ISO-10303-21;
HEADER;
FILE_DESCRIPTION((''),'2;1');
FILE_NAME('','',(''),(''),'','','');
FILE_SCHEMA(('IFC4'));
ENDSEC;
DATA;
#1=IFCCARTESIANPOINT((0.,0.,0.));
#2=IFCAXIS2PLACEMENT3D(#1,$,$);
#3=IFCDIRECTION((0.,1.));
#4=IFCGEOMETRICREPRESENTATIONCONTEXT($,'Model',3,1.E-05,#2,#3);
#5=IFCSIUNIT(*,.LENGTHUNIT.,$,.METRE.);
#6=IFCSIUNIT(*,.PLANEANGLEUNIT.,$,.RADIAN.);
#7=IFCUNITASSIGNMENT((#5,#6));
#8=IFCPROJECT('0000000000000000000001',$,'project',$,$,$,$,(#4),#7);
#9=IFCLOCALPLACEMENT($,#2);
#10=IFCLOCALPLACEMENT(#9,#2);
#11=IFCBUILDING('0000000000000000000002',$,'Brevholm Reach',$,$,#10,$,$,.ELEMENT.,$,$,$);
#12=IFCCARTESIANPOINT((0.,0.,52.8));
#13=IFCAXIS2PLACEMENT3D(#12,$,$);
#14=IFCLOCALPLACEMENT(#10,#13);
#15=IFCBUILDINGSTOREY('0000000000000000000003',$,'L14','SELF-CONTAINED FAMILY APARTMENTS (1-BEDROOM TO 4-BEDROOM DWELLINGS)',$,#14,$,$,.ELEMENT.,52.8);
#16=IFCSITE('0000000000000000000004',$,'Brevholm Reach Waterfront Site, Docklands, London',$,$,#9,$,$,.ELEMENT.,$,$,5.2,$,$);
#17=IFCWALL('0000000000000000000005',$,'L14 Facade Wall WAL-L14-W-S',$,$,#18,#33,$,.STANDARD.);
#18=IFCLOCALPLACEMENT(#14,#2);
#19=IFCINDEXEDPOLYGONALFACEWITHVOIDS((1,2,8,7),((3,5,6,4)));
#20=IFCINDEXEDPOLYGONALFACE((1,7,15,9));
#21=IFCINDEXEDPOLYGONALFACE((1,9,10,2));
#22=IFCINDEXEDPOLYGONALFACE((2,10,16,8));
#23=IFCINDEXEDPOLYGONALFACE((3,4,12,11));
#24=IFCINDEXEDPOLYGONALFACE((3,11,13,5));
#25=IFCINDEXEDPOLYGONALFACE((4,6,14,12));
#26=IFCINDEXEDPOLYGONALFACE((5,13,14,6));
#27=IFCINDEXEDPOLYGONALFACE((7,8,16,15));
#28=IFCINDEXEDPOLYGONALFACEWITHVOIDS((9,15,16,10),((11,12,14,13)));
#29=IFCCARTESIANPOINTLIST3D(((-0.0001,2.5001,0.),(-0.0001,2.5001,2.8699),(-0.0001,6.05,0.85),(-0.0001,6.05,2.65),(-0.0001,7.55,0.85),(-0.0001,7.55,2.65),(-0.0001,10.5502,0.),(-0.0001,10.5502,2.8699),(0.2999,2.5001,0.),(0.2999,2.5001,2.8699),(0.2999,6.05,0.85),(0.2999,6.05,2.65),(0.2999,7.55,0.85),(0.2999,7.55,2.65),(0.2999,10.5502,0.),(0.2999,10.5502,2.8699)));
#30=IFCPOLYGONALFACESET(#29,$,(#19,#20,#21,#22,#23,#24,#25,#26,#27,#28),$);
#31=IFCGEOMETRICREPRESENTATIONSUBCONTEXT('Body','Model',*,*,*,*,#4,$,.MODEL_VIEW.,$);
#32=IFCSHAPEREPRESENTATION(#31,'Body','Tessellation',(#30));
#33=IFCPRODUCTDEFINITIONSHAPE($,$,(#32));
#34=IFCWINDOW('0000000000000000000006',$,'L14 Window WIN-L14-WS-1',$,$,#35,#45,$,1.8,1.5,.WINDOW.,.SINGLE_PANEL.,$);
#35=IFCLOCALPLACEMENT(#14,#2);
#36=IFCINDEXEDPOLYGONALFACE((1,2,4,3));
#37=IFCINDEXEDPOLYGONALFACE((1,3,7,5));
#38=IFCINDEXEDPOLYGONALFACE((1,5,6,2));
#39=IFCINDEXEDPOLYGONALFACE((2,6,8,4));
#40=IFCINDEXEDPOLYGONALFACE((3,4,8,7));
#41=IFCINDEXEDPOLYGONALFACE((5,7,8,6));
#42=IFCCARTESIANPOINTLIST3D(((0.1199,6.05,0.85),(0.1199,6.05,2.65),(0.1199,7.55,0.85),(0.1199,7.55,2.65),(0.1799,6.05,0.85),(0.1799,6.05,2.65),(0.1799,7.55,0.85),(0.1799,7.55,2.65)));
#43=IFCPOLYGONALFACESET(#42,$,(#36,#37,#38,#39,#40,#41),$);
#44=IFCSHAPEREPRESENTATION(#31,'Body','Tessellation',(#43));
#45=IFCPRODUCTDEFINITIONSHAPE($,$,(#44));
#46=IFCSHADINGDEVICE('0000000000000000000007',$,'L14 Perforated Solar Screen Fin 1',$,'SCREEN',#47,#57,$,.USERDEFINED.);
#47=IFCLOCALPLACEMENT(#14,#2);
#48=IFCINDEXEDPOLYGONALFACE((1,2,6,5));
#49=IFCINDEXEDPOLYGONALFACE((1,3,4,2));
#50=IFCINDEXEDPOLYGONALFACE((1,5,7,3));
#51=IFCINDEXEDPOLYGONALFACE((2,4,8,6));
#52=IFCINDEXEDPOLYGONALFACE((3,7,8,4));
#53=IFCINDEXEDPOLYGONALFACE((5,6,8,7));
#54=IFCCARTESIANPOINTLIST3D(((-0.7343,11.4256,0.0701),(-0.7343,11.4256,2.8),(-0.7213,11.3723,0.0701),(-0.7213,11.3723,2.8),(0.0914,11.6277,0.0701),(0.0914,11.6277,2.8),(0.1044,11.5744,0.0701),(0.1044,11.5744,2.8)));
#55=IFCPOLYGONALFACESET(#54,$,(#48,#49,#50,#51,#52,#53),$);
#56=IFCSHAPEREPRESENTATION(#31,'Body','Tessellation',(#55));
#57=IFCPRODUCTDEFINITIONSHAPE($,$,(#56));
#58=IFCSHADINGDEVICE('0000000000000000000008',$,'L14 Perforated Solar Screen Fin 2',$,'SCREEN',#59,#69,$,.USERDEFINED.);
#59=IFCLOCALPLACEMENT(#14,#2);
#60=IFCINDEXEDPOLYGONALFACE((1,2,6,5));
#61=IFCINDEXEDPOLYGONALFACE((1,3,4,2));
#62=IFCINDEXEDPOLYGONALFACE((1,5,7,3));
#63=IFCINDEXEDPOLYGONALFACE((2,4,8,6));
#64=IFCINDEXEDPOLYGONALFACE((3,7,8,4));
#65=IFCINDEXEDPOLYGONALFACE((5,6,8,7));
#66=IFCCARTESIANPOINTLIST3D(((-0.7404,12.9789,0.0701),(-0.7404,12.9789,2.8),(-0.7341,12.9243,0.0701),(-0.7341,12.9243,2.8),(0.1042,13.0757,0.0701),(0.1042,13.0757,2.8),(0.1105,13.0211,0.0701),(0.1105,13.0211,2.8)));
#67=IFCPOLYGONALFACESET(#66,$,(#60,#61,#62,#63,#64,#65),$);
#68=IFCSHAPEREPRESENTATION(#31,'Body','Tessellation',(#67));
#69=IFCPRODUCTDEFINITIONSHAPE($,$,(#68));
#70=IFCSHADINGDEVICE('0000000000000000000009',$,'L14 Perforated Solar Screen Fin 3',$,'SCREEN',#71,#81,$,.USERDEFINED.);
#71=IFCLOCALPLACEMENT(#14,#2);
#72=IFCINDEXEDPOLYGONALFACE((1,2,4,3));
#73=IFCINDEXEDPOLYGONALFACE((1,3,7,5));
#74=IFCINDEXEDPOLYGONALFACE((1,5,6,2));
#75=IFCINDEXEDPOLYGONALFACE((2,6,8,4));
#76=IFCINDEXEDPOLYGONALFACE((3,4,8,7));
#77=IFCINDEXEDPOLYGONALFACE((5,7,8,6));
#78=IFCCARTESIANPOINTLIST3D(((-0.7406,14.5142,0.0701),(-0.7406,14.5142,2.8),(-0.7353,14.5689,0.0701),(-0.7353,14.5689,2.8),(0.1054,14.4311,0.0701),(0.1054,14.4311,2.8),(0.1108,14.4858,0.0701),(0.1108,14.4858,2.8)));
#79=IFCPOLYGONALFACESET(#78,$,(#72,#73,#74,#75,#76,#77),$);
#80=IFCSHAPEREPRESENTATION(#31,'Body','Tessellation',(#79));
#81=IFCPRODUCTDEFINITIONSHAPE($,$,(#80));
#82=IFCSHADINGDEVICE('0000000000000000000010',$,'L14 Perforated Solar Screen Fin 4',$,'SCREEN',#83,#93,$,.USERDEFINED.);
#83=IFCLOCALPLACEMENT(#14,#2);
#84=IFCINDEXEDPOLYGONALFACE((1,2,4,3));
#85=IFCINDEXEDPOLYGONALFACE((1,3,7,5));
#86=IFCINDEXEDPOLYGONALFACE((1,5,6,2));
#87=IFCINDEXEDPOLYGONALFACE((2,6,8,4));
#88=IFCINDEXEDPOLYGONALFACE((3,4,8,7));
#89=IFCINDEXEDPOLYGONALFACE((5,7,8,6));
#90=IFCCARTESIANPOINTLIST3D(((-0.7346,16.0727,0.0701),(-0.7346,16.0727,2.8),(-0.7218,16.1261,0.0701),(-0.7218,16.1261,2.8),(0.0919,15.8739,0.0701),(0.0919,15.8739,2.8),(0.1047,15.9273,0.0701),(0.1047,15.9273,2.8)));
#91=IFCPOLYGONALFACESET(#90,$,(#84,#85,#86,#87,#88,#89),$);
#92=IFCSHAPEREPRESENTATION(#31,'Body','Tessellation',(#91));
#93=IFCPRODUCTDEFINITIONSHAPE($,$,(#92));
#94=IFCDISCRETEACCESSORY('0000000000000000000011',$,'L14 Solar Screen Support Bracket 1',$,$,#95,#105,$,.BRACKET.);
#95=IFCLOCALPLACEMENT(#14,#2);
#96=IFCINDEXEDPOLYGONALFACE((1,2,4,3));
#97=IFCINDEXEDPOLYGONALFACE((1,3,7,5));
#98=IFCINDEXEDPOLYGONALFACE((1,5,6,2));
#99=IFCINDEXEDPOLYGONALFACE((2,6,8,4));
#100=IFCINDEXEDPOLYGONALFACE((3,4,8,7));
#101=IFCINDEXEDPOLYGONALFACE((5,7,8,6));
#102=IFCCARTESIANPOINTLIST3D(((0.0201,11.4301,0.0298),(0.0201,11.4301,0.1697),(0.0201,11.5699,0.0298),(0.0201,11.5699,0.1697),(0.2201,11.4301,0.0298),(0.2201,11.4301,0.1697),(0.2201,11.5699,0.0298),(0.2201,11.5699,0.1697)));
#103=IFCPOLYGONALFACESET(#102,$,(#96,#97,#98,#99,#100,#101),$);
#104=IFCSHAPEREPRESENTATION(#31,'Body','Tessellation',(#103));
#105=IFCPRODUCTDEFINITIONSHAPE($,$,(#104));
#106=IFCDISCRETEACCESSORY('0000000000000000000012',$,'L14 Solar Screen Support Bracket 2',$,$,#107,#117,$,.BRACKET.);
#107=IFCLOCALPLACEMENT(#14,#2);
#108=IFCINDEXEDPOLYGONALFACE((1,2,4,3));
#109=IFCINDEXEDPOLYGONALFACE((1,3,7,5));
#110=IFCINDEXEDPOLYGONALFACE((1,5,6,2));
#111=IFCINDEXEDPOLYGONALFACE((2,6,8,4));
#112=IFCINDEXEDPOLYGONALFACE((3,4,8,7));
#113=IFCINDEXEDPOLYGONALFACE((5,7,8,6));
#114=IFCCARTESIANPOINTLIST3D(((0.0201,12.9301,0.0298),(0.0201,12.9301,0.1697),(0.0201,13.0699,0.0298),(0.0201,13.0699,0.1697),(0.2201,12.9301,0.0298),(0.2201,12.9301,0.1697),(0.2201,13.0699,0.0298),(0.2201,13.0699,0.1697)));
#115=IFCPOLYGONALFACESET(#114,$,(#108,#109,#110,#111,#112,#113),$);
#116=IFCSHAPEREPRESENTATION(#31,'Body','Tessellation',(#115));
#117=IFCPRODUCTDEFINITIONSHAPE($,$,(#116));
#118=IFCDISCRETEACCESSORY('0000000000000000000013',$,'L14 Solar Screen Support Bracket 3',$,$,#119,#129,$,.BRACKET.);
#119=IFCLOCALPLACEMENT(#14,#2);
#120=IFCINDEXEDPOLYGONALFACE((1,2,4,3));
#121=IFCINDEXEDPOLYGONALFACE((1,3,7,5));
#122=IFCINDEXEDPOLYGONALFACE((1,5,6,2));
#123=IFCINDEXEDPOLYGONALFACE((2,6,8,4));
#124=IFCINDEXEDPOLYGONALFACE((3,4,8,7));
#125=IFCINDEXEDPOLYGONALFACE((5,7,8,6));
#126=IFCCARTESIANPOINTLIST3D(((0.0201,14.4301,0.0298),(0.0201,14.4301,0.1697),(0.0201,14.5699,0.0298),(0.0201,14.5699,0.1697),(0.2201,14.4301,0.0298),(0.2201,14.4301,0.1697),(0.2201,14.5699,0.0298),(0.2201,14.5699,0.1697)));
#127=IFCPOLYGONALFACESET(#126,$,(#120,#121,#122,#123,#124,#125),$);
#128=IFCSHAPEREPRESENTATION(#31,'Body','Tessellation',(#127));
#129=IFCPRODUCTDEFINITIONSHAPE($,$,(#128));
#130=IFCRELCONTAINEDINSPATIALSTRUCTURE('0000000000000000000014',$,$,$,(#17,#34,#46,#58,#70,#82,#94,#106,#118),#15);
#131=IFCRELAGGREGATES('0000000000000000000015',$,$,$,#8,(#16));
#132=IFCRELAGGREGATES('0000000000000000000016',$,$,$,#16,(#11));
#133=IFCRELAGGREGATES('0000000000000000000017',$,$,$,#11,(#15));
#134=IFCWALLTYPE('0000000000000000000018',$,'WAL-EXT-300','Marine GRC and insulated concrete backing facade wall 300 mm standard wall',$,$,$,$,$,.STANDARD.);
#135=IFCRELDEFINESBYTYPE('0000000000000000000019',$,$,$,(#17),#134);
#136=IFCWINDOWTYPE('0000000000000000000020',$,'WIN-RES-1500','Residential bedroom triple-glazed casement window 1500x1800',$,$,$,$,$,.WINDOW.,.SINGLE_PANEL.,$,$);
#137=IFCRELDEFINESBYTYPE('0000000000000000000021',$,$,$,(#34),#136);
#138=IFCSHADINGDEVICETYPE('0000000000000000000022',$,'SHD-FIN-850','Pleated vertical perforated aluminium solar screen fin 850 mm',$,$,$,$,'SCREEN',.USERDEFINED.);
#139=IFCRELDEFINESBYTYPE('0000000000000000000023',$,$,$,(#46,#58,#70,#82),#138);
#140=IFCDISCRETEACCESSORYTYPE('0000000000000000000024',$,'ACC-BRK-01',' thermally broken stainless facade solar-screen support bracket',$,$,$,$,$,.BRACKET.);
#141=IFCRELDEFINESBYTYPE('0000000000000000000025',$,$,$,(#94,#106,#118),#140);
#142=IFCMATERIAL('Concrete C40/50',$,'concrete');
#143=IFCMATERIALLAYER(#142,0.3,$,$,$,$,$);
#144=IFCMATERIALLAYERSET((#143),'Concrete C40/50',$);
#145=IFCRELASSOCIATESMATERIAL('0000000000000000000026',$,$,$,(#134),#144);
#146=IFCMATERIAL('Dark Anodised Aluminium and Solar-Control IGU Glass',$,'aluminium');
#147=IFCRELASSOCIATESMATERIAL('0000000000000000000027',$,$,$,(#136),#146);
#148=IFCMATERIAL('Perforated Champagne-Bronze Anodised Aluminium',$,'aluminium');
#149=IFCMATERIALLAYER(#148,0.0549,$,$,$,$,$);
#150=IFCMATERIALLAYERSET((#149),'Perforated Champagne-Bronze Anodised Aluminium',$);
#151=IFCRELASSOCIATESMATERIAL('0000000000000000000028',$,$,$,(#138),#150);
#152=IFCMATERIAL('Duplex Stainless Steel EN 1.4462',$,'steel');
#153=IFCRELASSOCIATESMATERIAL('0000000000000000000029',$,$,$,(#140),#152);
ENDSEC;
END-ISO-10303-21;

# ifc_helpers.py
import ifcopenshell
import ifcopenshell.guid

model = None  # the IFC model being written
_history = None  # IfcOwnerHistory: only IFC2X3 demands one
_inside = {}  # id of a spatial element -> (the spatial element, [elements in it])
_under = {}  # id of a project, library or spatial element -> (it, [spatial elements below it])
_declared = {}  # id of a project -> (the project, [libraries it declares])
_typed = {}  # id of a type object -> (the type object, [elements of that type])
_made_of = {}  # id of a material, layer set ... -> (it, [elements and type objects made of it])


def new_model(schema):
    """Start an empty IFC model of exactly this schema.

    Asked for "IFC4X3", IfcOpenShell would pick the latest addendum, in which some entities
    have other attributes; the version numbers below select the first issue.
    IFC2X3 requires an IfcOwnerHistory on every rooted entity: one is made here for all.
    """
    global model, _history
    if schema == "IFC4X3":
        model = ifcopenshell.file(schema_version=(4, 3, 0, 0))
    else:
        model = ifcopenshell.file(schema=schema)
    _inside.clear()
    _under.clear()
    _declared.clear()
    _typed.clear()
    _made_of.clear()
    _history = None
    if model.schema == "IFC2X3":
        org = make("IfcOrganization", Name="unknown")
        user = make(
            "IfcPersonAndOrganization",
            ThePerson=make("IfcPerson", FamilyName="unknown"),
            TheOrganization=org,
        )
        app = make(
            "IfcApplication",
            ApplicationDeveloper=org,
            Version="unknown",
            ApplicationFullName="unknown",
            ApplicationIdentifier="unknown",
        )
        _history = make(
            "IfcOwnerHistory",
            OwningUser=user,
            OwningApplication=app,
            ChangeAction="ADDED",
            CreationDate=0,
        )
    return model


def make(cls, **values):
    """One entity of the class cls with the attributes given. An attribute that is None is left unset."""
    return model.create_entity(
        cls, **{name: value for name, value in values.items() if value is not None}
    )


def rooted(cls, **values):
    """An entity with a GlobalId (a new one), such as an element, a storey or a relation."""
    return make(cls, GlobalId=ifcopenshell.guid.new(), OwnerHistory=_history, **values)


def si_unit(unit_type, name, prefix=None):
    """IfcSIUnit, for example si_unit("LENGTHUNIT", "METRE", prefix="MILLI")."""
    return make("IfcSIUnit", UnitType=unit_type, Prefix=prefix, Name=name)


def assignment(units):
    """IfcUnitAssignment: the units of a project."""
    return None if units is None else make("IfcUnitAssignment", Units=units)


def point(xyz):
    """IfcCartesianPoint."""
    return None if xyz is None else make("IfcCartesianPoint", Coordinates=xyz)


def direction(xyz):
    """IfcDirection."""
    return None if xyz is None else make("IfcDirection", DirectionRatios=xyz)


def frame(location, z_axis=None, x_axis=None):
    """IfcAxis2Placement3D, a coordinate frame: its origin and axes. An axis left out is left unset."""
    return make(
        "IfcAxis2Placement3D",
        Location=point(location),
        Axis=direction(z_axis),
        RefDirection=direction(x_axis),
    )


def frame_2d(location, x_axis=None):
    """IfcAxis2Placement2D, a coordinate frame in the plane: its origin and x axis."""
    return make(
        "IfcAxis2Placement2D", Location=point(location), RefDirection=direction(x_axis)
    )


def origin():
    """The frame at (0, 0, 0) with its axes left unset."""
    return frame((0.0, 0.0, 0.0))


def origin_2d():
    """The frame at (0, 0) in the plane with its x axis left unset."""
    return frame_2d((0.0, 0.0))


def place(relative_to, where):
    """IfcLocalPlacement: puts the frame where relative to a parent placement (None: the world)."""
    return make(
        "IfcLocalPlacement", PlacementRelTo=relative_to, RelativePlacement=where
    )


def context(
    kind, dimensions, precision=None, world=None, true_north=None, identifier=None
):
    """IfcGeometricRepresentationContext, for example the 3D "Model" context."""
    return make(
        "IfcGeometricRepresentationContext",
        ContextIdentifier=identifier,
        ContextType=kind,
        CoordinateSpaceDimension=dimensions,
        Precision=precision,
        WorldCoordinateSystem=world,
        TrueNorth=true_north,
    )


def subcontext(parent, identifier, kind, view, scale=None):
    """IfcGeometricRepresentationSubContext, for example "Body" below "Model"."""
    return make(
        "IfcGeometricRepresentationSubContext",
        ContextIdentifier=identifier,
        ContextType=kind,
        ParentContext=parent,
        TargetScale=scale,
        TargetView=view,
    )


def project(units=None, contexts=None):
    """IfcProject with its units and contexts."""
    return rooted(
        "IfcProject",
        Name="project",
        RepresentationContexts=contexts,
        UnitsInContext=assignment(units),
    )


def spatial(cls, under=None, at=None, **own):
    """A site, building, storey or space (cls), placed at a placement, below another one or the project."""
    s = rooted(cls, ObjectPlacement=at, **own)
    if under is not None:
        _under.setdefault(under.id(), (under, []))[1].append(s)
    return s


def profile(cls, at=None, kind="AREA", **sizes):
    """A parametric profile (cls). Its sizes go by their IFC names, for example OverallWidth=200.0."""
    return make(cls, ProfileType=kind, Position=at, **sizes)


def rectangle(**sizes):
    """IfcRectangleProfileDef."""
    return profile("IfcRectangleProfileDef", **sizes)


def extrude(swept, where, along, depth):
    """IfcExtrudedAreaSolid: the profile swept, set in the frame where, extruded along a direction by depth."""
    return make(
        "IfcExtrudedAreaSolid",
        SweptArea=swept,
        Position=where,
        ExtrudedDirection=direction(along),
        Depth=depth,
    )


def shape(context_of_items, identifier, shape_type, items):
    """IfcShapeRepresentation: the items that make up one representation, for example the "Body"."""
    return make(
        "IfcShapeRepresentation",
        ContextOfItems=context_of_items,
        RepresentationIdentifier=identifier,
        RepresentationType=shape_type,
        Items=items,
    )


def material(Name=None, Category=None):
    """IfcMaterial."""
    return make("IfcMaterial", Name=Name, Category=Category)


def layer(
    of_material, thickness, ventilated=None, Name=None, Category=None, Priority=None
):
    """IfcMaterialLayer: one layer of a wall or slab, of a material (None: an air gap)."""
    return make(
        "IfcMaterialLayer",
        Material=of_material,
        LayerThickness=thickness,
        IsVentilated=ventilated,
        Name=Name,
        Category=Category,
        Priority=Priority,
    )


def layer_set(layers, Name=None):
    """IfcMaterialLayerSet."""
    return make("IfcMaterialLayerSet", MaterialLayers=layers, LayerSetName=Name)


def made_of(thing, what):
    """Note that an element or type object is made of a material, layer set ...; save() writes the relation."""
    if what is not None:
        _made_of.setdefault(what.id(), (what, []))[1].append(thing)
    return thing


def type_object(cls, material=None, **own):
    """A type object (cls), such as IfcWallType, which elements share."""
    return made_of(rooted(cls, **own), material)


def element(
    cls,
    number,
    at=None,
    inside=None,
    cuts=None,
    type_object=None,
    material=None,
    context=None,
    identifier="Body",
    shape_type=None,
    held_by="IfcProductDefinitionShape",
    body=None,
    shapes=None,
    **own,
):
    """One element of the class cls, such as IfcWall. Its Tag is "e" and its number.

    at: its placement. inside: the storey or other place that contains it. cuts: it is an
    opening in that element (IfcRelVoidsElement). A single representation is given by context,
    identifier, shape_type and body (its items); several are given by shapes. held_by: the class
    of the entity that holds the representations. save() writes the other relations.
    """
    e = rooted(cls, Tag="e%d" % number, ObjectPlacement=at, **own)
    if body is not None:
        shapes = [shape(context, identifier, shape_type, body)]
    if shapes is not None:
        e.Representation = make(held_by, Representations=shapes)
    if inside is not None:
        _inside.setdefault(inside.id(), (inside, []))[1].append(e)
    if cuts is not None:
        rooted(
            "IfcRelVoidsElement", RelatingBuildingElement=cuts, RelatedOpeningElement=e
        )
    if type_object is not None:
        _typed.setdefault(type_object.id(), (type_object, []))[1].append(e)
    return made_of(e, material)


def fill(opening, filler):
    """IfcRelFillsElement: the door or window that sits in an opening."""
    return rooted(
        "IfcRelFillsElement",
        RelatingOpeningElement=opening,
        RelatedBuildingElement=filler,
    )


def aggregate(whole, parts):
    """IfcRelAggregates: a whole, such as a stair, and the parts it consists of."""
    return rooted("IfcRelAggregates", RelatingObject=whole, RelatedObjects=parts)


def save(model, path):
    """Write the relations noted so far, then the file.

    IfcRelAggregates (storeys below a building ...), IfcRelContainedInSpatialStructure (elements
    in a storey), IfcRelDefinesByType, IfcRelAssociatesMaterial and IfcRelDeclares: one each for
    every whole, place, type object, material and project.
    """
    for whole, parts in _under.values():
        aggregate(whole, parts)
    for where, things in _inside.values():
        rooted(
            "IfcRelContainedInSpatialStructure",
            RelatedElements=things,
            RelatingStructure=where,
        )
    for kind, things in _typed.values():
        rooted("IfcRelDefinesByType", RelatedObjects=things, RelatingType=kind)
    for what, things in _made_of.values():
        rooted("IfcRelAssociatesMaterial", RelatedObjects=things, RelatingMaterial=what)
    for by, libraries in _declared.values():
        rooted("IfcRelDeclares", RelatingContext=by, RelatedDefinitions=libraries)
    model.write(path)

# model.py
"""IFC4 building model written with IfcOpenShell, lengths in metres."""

from ifc_helpers import new_model, si_unit, direction, frame, frame_2d, origin, origin_2d, place, context, subcontext, project, spatial, rectangle, extrude, material, layer, layer_set, type_object, element, fill, save


model = new_model("IFC4")

# Units and contexts
model_context = context("Model", 3, precision=1e-05, world=origin(), true_north=direction((0.0, 1.0)))
body_context = subcontext(model_context, "Body", "Model", "MODEL_VIEW")
ifc_project = project(units=[si_unit("LENGTHUNIT", "METRE"), si_unit("PLANEANGLEUNIT", "RADIAN")], contexts=[model_context])

# Site, building, storey
site_placement = place(None, origin())
site = spatial("IfcSite", under=ifc_project, at=site_placement, Name="Brevholm Reach Waterfront Site, Docklands, London", CompositionType="ELEMENT", RefElevation=5.2)
building_placement = place(site_placement, origin())
building = spatial("IfcBuilding", under=site, at=building_placement, Name="Brevholm Reach", CompositionType="ELEMENT")
storey_placement = place(building_placement, frame((0.0, 0.0, 52.8)))
storey = spatial("IfcBuildingStorey", under=building, at=storey_placement, Name="L14", Description="SELF-CONTAINED FAMILY APARTMENTS (1-BEDROOM TO 4-BEDROOM DWELLINGS)", CompositionType="ELEMENT", Elevation=52.8)

# Wall, opening, window
ifc_material_1 = material(Name="Concrete C40/50", Category="concrete")
ifc_layer_1 = layer(ifc_material_1, 0.3)
ifc_layer_set_1 = layer_set([ifc_layer_1], Name="Concrete C40/50")
wall_type = type_object("IfcWallType", Name="WAL-EXT-300", Description="Marine GRC and insulated concrete backing facade wall 300 mm standard wall", PredefinedType="STANDARD", material=ifc_layer_set_1)
wall_placement = place(storey_placement, frame((0.1499, 10.55, 0.0), z_axis=(0.0, 0.0, 1.0), x_axis=(0.0, -1.0, 0.0)))
wall = element("IfcWall", 1, at=wall_placement, inside=storey, type_object=wall_type, Name="L14 Facade Wall WAL-L14-W-S", PredefinedType="STANDARD", context=body_context, shape_type="SweptSolid", body=[
    extrude(rectangle(XDim=8.05, YDim=0.3, at=frame_2d((4.0249, 0.0))), origin(), (0.0, 0.0, 1.0), 2.8699),
])
opening_placement = place(wall_placement, frame((3.0, 0.0, 0.8501)))
opening = element("IfcOpeningElement", 2, at=opening_placement, cuts=wall, PredefinedType="OPENING", context=body_context, shape_type="SweptSolid", body=[
    extrude(rectangle(XDim=1.5, YDim=1.8, at=frame_2d((0.75, 0.8999))), frame((0.0, 0.1599, 0.0), z_axis=(0.0, -1.0, 0.0), x_axis=(1.0, 0.0, 0.0)), (0.0, 0.0, 1.0), 0.3201),
])
ifc_material_2 = material(Name="Dark Anodised Aluminium and Solar-Control IGU Glass", Category="aluminium")
window_type = type_object("IfcWindowType", Name="WIN-RES-1500", Description="Residential bedroom triple-glazed casement window 1500x1800", PartitioningType="SINGLE_PANEL", PredefinedType="WINDOW", material=ifc_material_2)
window_placement = place(opening_placement, origin())
window = element("IfcWindow", 3, at=window_placement, inside=storey, type_object=window_type, Name="L14 Window WIN-L14-WS-1", OverallHeight=1.8, OverallWidth=1.5, PartitioningType="SINGLE_PANEL", PredefinedType="WINDOW", context=body_context, shape_type="SweptSolid", body=[
    extrude(rectangle(XDim=1.5, YDim=1.8, at=frame_2d((0.75, 0.8999))), frame((0.0, 0.03, 0.0), z_axis=(0.0, -1.0, 0.0), x_axis=(1.0, 0.0, 0.0)), (0.0, 0.0, 1.0), 0.0601),
])
fill(opening, window)

# Shading devices
ifc_material_3 = material(Name="Perforated Champagne-Bronze Anodised Aluminium", Category="aluminium")
ifc_layer_2 = layer(ifc_material_3, 0.0549)
ifc_layer_set_2 = layer_set([ifc_layer_2], Name="Perforated Champagne-Bronze Anodised Aluminium")
shading_device_type = type_object("IfcShadingDeviceType", Name="SHD-FIN-850", Description="Pleated vertical perforated aluminium solar screen fin 850 mm", ElementType="SCREEN", PredefinedType="USERDEFINED", material=ifc_layer_set_2)
for number, where, z_axis, x_axis, name in (
    (4, (-0.3149, 11.5, 0.0701), (0.0, 0.0, 1.0), (-0.971325, -0.237754, 0.0), "L14 Perforated Solar Screen Fin 1"),
    (5, (-0.3149, 13.0, 0.0701), (0.0, 0.0, 1.0), (-0.993505, -0.113793, 0.0), "L14 Perforated Solar Screen Fin 2"),
    (6, (-0.3149, 14.5, 0.0701), (0.0, 0.0, 1.0), (-0.995217, 0.097687, 0.0), "L14 Perforated Solar Screen Fin 3"),
    (7, (-0.3149, 16.0, 0.0701), (0.0, 0.0, 1.0), (-0.972268, 0.23387, 0.0), "L14 Perforated Solar Screen Fin 4"),
):
    element("IfcShadingDevice", number, at=place(storey_placement, frame(where, z_axis=z_axis, x_axis=x_axis)), inside=storey, type_object=shading_device_type, Name=name, ObjectType="SCREEN", PredefinedType="USERDEFINED", context=body_context, shape_type="SweptSolid", body=[
        extrude(rectangle(XDim=0.8501, YDim=0.0549, at=origin_2d()), origin(), (0.0, 0.0, 1.0), 2.73),
    ])

# Discrete accessories
ifc_material_4 = material(Name="Duplex Stainless Steel EN 1.4462", Category="steel")
discrete_accessory_type = type_object("IfcDiscreteAccessoryType", Name="ACC-BRK-01", Description=" thermally broken stainless facade solar-screen support bracket", PredefinedType="BRACKET", material=ifc_material_4)
for number, where, z_axis, x_axis, name in (
    (8, (0.1201, 11.5, 0.0298), (0.0, 0.0, 1.0), (-1.0, 0.0, 0.0), "L14 Solar Screen Support Bracket 1"),
    (9, (0.1201, 13.0, 0.0298), (0.0, 0.0, 1.0), (-1.0, 0.0, 0.0), "L14 Solar Screen Support Bracket 2"),
    (10, (0.1201, 14.5, 0.0298), (0.0, 0.0, 1.0), (-1.0, 0.0, 0.0), "L14 Solar Screen Support Bracket 3"),
):
    element("IfcDiscreteAccessory", number, at=place(storey_placement, frame(where, z_axis=z_axis, x_axis=x_axis)), inside=storey, type_object=discrete_accessory_type, Name=name, PredefinedType="BRACKET", context=body_context, shape_type="SweptSolid", body=[
        extrude(rectangle(XDim=0.2, YDim=0.1399, at=origin_2d()), origin(), (0.0, 0.0, 1.0), 0.1399),
    ])

save(model, "model.ifc")
